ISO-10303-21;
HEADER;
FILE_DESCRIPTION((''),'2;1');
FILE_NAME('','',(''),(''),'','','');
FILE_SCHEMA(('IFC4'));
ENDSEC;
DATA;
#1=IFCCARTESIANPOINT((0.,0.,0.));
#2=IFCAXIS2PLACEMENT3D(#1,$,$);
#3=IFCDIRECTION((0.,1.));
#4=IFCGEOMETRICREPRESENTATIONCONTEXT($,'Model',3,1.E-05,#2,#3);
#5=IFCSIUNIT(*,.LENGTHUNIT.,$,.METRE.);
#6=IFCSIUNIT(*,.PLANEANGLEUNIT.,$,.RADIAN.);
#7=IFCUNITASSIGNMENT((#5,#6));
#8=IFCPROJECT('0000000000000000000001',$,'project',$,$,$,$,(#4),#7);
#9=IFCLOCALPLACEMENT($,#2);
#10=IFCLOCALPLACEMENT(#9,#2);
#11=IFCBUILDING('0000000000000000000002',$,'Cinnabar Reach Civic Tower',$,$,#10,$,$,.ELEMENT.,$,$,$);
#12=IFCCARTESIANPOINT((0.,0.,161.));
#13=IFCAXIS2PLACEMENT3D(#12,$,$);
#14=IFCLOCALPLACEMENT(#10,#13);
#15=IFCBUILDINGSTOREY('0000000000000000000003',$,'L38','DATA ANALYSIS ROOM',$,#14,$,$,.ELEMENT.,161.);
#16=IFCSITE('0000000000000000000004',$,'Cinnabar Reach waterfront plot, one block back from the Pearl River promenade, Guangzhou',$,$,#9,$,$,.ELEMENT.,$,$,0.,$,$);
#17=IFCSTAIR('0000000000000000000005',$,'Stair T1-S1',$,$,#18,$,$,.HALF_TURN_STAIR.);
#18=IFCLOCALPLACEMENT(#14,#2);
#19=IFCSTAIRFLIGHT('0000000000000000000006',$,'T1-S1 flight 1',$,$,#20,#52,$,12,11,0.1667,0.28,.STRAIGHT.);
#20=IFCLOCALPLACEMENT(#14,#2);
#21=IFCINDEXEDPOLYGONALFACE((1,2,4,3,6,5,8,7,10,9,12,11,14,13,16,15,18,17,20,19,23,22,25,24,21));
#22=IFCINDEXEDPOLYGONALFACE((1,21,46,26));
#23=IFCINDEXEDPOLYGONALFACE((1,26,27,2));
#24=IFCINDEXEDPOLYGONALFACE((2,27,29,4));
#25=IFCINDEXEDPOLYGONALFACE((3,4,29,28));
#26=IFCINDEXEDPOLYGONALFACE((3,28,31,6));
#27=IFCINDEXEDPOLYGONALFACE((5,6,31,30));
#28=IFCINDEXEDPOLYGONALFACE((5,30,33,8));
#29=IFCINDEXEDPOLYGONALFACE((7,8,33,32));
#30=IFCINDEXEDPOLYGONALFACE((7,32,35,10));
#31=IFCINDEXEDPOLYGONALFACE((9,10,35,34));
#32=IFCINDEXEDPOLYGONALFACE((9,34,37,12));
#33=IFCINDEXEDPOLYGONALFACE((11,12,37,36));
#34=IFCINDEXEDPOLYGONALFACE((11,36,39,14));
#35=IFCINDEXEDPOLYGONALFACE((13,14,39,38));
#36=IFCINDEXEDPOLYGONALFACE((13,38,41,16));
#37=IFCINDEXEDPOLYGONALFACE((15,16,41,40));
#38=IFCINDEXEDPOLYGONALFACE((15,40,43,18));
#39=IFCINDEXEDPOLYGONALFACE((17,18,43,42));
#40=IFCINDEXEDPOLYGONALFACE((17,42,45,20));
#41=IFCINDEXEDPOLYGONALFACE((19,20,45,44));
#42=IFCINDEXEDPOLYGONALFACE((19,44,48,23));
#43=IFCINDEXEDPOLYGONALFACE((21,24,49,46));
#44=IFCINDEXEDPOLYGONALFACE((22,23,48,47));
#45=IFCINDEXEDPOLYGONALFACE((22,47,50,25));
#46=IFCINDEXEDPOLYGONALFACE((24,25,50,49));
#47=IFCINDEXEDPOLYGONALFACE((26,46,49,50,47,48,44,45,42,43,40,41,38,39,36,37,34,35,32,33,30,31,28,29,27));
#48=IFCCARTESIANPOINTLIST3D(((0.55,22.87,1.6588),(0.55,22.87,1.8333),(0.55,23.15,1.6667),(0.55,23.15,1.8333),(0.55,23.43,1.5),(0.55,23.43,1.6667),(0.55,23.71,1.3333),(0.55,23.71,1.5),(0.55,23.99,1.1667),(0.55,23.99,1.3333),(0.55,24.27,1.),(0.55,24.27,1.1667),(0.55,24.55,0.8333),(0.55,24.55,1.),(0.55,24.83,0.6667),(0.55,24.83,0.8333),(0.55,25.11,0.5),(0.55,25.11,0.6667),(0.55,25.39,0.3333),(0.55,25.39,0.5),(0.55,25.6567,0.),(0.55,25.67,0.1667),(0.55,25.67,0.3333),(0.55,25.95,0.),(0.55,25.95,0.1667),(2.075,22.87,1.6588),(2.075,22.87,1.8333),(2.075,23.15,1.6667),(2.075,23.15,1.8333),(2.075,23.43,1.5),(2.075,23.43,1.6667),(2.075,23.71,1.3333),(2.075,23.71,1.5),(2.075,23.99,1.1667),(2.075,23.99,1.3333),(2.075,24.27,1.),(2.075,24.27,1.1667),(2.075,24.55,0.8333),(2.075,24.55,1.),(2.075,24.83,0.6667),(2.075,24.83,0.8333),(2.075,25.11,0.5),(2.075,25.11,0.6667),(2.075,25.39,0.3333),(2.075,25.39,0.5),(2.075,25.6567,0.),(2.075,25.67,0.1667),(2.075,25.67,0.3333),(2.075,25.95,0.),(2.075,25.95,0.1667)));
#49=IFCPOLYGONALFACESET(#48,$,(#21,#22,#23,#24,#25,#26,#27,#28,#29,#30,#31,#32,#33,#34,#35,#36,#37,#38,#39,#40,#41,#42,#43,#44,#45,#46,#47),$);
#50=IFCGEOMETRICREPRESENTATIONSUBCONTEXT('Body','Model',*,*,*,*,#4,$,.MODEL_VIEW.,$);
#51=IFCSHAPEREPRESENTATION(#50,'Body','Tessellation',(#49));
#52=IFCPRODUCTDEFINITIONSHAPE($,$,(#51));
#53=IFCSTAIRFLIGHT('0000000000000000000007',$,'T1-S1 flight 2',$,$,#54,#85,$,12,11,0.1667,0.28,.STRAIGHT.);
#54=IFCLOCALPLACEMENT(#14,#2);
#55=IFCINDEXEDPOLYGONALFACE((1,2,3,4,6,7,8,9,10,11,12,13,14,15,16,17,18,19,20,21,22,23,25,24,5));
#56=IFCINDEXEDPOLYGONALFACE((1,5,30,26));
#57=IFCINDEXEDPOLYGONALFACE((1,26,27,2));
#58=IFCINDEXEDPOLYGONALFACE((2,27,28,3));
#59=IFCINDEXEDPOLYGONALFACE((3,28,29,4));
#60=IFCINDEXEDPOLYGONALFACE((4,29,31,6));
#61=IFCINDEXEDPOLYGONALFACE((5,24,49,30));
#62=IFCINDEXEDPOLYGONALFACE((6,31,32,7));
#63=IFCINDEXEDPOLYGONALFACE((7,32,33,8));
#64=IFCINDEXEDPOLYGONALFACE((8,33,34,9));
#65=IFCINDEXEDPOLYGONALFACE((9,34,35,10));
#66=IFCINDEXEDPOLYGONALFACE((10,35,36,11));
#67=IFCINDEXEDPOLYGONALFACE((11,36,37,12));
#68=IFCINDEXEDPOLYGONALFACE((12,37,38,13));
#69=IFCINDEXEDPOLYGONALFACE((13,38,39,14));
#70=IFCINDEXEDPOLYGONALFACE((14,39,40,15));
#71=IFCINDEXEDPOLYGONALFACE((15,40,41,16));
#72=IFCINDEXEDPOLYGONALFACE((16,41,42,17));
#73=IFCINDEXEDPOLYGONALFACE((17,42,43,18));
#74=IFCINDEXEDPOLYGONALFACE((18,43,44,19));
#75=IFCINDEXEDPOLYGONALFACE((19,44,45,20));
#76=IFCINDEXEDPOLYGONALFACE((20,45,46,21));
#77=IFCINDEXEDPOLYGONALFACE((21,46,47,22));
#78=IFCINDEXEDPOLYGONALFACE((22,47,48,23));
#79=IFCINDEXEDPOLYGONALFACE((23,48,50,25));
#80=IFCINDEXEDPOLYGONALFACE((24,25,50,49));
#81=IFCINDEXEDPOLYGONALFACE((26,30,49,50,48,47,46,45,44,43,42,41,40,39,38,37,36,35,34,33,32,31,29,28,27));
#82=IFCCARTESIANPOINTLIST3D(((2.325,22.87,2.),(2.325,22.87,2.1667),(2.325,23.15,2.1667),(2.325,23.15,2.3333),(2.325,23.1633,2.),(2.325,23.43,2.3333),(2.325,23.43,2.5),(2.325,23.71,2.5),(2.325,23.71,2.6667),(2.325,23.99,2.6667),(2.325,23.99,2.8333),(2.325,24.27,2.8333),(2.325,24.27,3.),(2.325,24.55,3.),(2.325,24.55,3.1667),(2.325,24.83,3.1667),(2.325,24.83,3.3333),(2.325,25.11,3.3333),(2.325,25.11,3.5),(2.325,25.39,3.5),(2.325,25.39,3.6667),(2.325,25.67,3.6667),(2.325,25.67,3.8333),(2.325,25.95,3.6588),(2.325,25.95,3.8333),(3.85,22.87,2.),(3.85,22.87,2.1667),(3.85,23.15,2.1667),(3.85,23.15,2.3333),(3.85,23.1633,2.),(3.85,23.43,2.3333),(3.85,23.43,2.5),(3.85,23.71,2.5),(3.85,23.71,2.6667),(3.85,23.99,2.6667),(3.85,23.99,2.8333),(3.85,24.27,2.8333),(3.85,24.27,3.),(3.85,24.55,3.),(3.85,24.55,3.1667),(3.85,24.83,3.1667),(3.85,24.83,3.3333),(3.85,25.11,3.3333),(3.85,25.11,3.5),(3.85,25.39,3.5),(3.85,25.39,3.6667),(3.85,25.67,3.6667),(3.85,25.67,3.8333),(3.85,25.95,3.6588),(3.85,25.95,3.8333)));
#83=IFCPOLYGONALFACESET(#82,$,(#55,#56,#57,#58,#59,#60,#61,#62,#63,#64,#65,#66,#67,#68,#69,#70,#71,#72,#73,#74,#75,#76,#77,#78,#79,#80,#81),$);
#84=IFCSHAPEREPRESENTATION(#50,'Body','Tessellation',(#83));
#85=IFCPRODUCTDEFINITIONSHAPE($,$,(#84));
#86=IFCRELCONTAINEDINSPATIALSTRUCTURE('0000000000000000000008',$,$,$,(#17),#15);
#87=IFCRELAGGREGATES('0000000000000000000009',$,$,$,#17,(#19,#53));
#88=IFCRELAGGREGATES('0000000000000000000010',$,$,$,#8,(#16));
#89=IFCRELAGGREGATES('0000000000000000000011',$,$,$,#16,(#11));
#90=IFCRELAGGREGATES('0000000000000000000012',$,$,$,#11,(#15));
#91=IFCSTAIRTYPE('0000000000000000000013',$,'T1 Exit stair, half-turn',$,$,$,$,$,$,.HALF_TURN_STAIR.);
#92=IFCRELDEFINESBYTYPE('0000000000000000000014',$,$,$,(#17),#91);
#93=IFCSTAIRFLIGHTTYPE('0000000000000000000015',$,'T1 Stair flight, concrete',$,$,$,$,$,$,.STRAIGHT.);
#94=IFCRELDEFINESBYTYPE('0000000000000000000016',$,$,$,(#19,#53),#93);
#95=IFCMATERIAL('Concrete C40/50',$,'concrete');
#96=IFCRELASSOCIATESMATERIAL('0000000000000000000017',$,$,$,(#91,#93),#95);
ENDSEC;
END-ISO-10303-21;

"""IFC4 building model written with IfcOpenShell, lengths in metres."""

from ifc_helpers import new_model, si_unit, direction, frame, origin, place, context, subcontext, project, spatial, polyline, outline, extrude, material, type_object, element, aggregate, save


model = new_model("IFC4")

# Units and contexts
model_context = context("Model", 3, precision=1e-05, world=origin(), true_north=direction((0.0, 1.0)))
body_context = subcontext(model_context, "Body", "Model", "MODEL_VIEW")
ifc_project = project(units=[si_unit("LENGTHUNIT", "METRE"), si_unit("PLANEANGLEUNIT", "RADIAN")], contexts=[model_context])

# Site, building, storey
site_placement = place(None, origin())
site = spatial("IfcSite", under=ifc_project, at=site_placement, Name="Cinnabar Reach waterfront plot, one block back from the Pearl River promenade, Guangzhou", CompositionType="ELEMENT", RefElevation=0.0)
building_placement = place(site_placement, origin())
building = spatial("IfcBuilding", under=site, at=building_placement, Name="Cinnabar Reach Civic Tower", CompositionType="ELEMENT")
storey_placement = place(building_placement, frame((0.0, 0.0, 161.0)))
storey = spatial("IfcBuildingStorey", under=building, at=storey_placement, Name="L38", Description="DATA ANALYSIS ROOM", CompositionType="ELEMENT", Elevation=161.0)

# Shared definitions
ifc_material_1 = material(Name="Concrete C40/50", Category="concrete")

# Stair, stair flights
stair_type = type_object("IfcStairType", Name="T1 Exit stair, half-turn", PredefinedType="HALF_TURN_STAIR", material=ifc_material_1)
stair_placement = place(storey_placement, origin())
stair = element("IfcStair", 1, at=stair_placement, inside=storey, type_object=stair_type, Name="Stair T1-S1", PredefinedType="HALF_TURN_STAIR")
stair_flight_type = type_object("IfcStairFlightType", Name="T1 Stair flight, concrete", PredefinedType="STRAIGHT", material=ifc_material_1)
stair_flight_1_placement = place(storey_placement, frame((1.3125, 25.95, 0.0), z_axis=(0.0, 0.0, 1.0), x_axis=(0.0, -1.0, 0.0)))
stair_flight_1 = element("IfcStairFlight", 2, at=stair_flight_1_placement, type_object=stair_flight_type, Name="T1-S1 flight 1", NumberOfRisers=12, NumberOfTreads=11, PredefinedType="STRAIGHT", RiserHeight=0.1667, TreadLength=0.28, context=body_context, shape_type="SweptSolid", body=[
    extrude(outline(polyline([(0.0, 0.0), (0.0, 0.1667), (0.28, 0.1667), (0.28, 0.3333), (0.56, 0.3333), (0.56, 0.5), (0.84, 0.5), (0.84, 0.6667), (1.12, 0.6667), (1.12, 0.8333), (1.4, 0.8333), (1.4, 1.0), (1.68, 1.0), (1.68, 1.1667), (1.96, 1.1667), (1.96, 1.3333), (2.24, 1.3333), (2.24, 1.5), (2.52, 1.5), (2.52, 1.6667), (2.8, 1.6667), (2.8, 1.8333), (3.08, 1.8333), (3.08, 2.0), (3.08, 1.6588), (0.2933, 0.0), (0.0, 0.0)])), frame((0.0, 0.7625, 0.0), z_axis=(0.0, -1.0, 0.0), x_axis=(1.0, 0.0, 0.0)), (0.0, 0.0, 1.0), 1.525),
])
stair_flight_2_placement = place(storey_placement, frame((3.0875, 22.87, 2.0), z_axis=(0.0, 0.0, 1.0), x_axis=(0.0, 1.0, 0.0)))
stair_flight_2 = element("IfcStairFlight", 3, at=stair_flight_2_placement, type_object=stair_flight_type, Name="T1-S1 flight 2", NumberOfRisers=12, NumberOfTreads=11, PredefinedType="STRAIGHT", RiserHeight=0.1667, TreadLength=0.28, context=body_context, shape_type="SweptSolid", body=[
    extrude(outline(polyline([(0.0, 0.0), (0.0, 0.1667), (0.28, 0.1667), (0.28, 0.3333), (0.56, 0.3333), (0.56, 0.5), (0.84, 0.5), (0.84, 0.6667), (1.12, 0.6667), (1.12, 0.8333), (1.4, 0.8333), (1.4, 1.0), (1.68, 1.0), (1.68, 1.1667), (1.96, 1.1667), (1.96, 1.3333), (2.24, 1.3333), (2.24, 1.5), (2.52, 1.5), (2.52, 1.6667), (2.8, 1.6667), (2.8, 1.8333), (3.08, 1.8333), (3.08, 2.0), (3.08, 1.6588), (0.2933, 0.0), (0.0, 0.0)])), frame((0.0, 0.7625, 0.0), z_axis=(0.0, -1.0, 0.0), x_axis=(1.0, 0.0, 0.0)), (0.0, 0.0, 1.0), 1.525),
])
aggregate(stair, [stair_flight_1, stair_flight_2])

save(model, "model.ifc")
